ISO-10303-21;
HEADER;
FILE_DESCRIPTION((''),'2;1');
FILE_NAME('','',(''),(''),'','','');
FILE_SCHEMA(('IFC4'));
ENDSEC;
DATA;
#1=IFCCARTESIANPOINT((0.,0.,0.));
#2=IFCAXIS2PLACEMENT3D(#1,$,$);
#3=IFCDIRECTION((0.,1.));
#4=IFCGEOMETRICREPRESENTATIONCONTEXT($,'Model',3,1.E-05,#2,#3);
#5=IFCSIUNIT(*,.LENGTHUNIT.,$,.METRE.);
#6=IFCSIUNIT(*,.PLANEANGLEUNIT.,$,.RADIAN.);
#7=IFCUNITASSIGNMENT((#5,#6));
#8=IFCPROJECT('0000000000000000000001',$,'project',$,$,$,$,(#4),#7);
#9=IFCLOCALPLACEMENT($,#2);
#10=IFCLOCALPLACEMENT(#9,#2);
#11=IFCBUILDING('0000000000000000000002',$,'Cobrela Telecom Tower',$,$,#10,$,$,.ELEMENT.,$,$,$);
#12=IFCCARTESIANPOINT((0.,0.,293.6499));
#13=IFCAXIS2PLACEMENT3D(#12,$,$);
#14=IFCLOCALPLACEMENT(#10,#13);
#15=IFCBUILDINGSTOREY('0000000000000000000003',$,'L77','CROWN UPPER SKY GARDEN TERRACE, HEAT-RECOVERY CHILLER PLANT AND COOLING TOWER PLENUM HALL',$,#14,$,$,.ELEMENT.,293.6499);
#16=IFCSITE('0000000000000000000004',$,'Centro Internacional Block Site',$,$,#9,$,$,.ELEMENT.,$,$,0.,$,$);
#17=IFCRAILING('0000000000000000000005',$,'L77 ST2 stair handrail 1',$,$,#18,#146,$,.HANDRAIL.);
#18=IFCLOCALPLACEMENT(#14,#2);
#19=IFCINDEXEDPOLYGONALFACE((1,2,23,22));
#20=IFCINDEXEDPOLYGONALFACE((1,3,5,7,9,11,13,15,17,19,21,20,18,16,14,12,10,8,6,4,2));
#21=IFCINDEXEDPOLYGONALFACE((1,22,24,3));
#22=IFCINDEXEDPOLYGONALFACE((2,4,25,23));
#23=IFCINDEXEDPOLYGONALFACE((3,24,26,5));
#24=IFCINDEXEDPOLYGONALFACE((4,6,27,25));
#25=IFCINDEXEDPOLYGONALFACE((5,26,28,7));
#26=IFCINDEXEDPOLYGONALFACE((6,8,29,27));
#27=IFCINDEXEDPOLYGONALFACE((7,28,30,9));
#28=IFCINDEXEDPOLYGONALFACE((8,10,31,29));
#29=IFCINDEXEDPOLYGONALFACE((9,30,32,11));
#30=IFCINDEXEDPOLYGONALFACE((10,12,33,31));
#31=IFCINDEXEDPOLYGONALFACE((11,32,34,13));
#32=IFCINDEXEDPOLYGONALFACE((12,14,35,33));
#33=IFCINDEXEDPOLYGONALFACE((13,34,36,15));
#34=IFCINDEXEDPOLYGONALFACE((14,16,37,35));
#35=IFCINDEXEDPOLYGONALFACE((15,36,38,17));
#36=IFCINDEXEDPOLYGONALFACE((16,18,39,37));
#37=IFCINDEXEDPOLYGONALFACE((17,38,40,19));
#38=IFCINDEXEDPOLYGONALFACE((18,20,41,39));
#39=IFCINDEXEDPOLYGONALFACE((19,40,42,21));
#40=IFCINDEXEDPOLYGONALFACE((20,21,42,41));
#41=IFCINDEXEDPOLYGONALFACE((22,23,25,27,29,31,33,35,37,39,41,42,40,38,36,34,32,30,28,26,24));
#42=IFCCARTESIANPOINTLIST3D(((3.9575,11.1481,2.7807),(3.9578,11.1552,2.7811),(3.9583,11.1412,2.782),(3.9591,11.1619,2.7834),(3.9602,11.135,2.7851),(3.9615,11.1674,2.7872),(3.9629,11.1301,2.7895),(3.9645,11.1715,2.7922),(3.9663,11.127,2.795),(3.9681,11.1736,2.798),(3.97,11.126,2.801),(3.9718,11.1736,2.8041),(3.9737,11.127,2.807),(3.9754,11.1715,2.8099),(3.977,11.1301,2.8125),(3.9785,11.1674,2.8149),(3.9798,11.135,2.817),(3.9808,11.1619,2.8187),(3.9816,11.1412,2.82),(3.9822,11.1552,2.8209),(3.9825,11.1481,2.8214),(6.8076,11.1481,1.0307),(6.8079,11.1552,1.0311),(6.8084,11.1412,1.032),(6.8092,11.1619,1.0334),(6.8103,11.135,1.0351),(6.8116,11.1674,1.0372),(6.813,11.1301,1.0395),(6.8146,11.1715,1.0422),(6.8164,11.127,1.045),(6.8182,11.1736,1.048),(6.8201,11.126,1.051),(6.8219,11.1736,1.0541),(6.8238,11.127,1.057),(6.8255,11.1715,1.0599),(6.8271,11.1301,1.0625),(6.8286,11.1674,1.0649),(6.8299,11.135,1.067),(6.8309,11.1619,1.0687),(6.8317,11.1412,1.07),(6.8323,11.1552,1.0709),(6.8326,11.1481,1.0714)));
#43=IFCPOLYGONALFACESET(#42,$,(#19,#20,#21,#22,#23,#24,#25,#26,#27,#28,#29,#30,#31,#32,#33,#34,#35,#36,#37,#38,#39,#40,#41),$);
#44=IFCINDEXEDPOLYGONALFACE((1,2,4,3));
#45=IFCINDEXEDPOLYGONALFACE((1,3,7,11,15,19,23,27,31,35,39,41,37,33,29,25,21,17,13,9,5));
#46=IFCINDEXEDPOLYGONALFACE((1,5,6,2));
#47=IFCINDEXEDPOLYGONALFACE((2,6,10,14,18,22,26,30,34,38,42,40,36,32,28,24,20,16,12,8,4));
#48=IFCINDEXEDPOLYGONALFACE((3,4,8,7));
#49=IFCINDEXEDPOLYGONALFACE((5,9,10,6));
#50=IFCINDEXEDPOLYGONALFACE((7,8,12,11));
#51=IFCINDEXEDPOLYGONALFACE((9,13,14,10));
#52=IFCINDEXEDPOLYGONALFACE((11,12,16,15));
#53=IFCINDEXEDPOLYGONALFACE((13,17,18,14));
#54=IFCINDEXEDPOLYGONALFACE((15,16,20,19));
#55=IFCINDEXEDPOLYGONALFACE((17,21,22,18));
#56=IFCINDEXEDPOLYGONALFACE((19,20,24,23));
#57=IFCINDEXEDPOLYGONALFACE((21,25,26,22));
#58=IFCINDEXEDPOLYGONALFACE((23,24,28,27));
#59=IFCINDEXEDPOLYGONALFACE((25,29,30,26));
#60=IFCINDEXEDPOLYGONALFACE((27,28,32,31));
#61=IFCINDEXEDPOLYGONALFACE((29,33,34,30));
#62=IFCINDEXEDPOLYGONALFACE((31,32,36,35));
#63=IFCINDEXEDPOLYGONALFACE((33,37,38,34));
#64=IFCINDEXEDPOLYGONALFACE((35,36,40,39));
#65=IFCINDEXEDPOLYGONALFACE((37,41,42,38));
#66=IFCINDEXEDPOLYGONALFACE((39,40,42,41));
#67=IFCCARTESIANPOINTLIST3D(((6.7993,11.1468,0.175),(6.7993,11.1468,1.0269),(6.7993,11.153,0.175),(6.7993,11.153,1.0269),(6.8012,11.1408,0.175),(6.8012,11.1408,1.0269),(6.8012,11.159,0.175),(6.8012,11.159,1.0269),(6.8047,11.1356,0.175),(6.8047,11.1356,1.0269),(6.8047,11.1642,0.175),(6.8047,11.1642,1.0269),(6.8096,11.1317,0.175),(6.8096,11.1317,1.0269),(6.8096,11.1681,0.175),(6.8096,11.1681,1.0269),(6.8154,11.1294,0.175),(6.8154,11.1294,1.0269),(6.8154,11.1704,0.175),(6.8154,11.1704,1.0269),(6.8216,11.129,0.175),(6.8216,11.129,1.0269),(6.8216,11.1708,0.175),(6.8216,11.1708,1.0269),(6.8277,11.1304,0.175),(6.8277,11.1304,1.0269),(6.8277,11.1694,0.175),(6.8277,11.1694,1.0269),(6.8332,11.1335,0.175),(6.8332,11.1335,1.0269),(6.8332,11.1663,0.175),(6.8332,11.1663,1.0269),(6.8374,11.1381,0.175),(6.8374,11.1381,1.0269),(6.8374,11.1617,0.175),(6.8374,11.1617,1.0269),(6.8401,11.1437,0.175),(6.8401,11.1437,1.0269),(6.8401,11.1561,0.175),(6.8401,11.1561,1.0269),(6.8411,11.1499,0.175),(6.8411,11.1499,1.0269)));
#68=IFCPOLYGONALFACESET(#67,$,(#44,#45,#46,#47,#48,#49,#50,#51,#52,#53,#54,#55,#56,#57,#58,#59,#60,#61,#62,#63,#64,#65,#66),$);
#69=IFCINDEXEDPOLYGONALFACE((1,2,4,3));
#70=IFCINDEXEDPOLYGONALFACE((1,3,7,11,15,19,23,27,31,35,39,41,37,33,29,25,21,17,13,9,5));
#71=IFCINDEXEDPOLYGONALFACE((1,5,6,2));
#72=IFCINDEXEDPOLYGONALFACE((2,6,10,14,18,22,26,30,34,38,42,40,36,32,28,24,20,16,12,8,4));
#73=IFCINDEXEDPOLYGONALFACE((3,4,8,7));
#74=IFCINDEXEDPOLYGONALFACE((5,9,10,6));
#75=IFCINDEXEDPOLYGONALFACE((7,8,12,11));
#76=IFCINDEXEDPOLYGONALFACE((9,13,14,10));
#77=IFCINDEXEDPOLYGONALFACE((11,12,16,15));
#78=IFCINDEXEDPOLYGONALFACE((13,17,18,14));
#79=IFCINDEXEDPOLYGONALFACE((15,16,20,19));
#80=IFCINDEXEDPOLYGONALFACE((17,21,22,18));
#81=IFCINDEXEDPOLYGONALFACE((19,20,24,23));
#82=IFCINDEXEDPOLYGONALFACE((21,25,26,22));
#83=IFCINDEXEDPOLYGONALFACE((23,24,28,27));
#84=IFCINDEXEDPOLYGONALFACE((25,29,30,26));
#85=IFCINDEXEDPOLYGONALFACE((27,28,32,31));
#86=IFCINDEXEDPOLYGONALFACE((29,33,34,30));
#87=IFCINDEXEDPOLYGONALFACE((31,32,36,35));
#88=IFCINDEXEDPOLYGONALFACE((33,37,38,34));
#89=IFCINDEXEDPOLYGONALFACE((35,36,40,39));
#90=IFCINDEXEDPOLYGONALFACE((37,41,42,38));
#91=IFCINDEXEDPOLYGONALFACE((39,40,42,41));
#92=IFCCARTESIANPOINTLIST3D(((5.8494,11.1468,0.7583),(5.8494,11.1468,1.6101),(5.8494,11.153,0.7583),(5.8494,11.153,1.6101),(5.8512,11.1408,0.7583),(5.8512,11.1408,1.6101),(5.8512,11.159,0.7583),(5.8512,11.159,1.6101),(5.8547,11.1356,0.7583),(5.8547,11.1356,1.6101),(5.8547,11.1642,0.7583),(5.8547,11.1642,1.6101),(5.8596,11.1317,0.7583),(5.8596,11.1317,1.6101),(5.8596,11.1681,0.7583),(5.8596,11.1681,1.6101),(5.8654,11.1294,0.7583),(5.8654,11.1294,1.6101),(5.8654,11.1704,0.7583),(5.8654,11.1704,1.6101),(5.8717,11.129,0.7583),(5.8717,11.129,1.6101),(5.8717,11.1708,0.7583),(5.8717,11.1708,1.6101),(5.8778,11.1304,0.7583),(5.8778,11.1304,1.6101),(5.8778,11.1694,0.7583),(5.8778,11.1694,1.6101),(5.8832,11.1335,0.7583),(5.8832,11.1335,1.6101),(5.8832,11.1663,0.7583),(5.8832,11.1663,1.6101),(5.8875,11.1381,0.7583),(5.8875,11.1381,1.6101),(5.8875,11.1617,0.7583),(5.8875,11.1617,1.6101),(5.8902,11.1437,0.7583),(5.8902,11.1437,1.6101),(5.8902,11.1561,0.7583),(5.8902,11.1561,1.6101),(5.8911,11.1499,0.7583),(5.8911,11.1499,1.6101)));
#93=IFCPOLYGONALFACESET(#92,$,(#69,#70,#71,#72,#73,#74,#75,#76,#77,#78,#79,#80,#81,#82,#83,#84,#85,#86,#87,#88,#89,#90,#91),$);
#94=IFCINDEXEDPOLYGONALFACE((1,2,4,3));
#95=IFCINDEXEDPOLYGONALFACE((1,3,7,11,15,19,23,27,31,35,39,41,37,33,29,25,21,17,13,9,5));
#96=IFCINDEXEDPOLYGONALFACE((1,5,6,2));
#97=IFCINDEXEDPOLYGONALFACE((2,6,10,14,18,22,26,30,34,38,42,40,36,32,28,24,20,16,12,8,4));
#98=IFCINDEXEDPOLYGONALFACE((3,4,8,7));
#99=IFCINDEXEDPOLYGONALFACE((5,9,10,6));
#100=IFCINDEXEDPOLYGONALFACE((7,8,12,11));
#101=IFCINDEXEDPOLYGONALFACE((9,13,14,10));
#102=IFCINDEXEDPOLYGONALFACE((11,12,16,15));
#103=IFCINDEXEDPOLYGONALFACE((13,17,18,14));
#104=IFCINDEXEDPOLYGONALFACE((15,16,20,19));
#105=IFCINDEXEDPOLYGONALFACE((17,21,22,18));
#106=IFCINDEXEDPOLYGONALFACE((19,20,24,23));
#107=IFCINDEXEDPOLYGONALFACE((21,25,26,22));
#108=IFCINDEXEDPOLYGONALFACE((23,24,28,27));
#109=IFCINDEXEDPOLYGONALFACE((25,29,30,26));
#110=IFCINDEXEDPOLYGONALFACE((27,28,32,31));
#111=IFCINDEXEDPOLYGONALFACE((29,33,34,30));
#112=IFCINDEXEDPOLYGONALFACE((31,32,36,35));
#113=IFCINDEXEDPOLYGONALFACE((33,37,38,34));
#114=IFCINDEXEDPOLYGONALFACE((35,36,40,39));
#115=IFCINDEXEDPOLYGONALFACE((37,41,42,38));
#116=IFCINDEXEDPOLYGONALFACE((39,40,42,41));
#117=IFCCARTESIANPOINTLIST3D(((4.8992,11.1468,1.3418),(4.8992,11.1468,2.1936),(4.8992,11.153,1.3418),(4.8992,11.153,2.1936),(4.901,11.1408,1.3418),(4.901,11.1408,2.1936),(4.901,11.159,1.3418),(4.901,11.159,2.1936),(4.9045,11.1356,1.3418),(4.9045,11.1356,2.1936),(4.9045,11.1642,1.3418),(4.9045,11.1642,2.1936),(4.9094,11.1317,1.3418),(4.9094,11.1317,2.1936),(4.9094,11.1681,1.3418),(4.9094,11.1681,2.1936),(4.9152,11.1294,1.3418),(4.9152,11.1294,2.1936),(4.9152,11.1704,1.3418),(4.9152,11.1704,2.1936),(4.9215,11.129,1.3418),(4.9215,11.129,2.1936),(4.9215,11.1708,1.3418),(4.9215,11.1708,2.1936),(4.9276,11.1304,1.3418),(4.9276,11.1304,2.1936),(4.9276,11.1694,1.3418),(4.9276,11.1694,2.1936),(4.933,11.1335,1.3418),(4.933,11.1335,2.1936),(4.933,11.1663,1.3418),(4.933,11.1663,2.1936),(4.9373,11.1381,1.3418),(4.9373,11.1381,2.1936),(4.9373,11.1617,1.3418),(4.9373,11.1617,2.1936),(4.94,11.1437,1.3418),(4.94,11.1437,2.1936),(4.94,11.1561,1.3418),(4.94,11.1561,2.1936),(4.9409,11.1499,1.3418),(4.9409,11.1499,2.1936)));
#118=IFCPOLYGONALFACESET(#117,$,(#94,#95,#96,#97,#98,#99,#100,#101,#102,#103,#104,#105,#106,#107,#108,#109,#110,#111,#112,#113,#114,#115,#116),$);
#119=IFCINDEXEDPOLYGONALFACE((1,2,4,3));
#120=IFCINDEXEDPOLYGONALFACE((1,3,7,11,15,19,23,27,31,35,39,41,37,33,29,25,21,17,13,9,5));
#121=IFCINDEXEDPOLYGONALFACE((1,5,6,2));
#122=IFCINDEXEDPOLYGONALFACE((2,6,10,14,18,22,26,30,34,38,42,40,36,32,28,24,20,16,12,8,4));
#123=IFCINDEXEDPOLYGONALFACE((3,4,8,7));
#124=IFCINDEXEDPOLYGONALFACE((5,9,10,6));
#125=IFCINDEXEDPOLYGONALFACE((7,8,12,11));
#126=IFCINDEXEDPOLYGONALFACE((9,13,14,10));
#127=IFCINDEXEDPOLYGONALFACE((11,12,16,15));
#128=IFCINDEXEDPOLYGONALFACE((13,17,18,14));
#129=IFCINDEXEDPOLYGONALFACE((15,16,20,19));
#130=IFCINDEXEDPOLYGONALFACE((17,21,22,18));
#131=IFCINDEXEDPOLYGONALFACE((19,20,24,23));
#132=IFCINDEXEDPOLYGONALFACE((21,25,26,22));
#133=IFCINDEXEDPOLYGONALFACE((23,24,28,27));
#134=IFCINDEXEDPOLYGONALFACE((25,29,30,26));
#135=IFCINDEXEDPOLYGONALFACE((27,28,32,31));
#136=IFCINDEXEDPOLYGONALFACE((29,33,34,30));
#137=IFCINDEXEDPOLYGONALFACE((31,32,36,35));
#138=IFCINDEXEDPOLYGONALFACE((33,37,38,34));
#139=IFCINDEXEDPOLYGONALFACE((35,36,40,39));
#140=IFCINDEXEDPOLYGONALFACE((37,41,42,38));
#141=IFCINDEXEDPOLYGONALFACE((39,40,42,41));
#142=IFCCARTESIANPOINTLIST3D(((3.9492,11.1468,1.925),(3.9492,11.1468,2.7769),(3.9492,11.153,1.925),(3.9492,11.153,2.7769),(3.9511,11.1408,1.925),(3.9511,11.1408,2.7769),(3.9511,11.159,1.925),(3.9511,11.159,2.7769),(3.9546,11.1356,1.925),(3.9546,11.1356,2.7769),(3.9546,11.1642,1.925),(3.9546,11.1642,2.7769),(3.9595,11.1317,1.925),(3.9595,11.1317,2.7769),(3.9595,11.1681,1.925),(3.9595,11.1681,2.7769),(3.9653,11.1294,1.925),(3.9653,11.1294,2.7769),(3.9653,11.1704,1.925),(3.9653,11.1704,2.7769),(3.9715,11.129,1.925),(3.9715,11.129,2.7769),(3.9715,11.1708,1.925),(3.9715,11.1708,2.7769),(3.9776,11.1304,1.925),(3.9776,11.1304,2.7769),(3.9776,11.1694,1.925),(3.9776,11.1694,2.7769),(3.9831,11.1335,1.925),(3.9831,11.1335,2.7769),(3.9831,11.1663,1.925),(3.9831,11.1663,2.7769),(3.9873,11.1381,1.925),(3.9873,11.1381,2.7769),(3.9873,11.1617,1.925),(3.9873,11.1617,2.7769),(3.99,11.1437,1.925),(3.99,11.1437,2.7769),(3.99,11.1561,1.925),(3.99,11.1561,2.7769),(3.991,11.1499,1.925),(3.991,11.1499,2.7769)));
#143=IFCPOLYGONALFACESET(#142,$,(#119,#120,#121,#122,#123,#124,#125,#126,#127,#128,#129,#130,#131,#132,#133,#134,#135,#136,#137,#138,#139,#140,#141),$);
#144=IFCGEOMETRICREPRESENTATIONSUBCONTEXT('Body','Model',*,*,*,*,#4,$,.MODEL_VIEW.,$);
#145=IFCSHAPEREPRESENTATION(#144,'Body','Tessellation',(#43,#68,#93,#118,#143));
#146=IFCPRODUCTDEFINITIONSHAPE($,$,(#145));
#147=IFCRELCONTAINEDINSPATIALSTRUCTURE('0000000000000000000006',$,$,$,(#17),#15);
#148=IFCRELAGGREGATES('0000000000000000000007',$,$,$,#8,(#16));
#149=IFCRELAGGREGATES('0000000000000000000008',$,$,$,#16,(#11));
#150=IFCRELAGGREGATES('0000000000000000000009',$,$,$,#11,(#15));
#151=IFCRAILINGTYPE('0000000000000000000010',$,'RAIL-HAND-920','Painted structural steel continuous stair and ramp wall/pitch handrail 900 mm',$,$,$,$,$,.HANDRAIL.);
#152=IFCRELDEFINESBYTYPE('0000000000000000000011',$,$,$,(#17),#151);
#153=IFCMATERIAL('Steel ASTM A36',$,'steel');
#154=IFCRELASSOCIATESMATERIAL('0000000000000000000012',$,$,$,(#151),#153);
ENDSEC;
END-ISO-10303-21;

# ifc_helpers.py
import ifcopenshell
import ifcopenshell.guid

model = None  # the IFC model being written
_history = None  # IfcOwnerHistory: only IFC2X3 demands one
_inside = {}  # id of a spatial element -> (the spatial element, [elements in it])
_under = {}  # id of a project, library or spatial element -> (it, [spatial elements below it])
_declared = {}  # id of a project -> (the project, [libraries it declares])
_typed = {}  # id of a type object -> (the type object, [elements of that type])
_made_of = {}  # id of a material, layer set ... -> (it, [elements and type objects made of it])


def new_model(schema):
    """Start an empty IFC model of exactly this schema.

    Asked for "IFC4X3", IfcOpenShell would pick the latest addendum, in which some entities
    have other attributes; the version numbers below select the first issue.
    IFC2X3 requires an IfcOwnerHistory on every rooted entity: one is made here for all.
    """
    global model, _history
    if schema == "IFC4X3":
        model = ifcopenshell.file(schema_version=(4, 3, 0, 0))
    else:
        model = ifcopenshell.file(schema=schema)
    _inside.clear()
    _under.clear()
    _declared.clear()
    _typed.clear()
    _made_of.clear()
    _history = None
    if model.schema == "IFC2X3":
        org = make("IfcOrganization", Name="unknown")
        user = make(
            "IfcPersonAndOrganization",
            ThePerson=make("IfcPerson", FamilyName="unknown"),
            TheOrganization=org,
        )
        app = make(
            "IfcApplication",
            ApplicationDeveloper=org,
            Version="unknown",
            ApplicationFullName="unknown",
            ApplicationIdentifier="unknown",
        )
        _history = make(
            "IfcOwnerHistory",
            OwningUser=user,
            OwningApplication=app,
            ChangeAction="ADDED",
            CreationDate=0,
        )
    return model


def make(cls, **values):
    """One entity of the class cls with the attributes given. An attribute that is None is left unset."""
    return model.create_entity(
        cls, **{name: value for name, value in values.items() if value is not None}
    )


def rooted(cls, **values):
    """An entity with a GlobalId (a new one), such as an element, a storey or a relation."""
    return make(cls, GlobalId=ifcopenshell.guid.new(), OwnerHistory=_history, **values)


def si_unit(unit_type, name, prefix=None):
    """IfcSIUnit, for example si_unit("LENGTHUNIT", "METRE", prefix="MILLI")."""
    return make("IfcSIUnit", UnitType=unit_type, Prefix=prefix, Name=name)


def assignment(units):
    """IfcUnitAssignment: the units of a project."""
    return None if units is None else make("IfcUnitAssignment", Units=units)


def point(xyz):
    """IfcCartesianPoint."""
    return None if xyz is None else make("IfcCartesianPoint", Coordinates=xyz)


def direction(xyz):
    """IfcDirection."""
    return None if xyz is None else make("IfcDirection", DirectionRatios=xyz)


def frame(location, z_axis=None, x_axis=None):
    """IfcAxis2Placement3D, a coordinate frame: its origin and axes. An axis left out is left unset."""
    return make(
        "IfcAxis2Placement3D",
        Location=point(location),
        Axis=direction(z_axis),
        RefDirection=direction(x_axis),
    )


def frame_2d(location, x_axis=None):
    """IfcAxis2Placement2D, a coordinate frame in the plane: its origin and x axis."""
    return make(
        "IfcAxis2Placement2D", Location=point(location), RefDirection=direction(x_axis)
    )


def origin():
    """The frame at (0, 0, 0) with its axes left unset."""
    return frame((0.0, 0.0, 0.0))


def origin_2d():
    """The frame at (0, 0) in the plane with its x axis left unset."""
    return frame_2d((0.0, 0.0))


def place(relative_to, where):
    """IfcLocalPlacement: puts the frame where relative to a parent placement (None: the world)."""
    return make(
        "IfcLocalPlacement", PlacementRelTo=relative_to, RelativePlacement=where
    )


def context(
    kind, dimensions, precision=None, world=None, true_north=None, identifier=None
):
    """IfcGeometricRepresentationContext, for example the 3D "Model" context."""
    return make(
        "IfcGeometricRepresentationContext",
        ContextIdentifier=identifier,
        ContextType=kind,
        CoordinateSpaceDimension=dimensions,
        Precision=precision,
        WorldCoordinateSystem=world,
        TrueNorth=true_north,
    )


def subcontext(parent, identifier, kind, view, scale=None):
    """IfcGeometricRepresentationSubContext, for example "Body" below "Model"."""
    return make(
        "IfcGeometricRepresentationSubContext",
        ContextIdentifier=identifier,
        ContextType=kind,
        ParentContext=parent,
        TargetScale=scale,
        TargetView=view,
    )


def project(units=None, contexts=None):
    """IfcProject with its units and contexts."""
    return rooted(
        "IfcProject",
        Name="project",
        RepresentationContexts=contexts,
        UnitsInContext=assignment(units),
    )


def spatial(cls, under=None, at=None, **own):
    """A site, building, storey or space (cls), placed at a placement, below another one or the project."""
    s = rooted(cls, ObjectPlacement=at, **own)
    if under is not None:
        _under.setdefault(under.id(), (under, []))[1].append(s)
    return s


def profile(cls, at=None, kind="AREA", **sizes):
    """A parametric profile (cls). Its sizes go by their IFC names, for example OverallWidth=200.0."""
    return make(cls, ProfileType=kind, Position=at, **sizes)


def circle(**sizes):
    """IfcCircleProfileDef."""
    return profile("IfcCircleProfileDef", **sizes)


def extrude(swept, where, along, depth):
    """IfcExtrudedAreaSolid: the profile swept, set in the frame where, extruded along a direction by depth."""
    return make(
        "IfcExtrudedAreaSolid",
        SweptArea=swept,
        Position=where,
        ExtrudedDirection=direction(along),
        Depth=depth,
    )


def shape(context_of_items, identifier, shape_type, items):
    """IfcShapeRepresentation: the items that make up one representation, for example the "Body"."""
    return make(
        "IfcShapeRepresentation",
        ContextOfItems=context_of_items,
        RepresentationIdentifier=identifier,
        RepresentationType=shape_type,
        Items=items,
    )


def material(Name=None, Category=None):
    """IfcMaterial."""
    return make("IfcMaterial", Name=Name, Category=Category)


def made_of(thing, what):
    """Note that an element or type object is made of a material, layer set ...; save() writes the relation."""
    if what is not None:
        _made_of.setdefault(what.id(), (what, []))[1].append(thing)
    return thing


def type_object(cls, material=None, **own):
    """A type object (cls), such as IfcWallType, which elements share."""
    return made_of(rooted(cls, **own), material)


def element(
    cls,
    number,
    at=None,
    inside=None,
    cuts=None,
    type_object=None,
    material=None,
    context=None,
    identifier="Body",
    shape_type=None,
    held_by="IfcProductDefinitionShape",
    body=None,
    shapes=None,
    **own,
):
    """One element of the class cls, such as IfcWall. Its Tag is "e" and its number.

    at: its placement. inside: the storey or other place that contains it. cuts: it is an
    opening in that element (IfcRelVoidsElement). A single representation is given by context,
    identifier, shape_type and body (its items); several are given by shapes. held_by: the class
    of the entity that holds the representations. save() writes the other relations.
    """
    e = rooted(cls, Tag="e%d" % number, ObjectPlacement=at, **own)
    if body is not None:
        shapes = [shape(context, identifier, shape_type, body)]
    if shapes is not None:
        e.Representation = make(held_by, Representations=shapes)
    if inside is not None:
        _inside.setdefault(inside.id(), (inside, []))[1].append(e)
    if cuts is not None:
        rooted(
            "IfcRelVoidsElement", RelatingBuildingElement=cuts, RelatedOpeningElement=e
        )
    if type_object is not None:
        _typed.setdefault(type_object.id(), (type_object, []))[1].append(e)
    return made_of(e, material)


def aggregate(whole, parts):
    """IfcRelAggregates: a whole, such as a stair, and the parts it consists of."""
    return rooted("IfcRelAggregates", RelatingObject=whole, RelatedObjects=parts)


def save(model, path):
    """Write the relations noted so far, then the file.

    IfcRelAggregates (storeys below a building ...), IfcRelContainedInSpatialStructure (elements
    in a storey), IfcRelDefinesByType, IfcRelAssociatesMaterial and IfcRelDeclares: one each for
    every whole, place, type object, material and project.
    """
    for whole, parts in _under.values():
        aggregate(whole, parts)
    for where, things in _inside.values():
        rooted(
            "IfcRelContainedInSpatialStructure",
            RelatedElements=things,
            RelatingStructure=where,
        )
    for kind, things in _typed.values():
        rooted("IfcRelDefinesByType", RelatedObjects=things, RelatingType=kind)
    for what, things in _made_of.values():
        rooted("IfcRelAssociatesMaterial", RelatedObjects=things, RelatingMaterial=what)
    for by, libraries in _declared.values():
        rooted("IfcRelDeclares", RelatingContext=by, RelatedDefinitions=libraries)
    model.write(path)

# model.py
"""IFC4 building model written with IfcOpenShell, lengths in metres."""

from ifc_helpers import new_model, si_unit, direction, frame, origin, origin_2d, place, context, subcontext, project, spatial, circle, extrude, material, type_object, element, save


model = new_model("IFC4")

# Units and contexts
model_context = context("Model", 3, precision=1e-05, world=origin(), true_north=direction((0.0, 1.0)))
body_context = subcontext(model_context, "Body", "Model", "MODEL_VIEW")
ifc_project = project(units=[si_unit("LENGTHUNIT", "METRE"), si_unit("PLANEANGLEUNIT", "RADIAN")], contexts=[model_context])

# Site, building, storey
site_placement = place(None, origin())
site = spatial("IfcSite", under=ifc_project, at=site_placement, Name="Centro Internacional Block Site", CompositionType="ELEMENT", RefElevation=0.0)
building_placement = place(site_placement, origin())
building = spatial("IfcBuilding", under=site, at=building_placement, Name="Cobrela Telecom Tower", CompositionType="ELEMENT")
storey_placement = place(building_placement, frame((0.0, 0.0, 293.6499)))
storey = spatial("IfcBuildingStorey", under=building, at=storey_placement, Name="L77", Description="CROWN UPPER SKY GARDEN TERRACE, HEAT-RECOVERY CHILLER PLANT AND COOLING TOWER PLENUM HALL", CompositionType="ELEMENT", Elevation=293.6499)

# Railing
ifc_material_1 = material(Name="Steel ASTM A36", Category="steel")
railing_type_1 = type_object("IfcRailingType", Name="RAIL-HAND-920", Description="Painted structural steel continuous stair and ramp wall/pitch handrail 900 mm", PredefinedType="HANDRAIL", material=ifc_material_1)
railing_1_placement = place(storey_placement, frame((6.8201, 11.1499, 0.175)))
element("IfcRailing", 1, at=railing_1_placement, inside=storey, type_object=railing_type_1, Name="L77 ST2 stair handrail 1", PredefinedType="HANDRAIL", context=body_context, shape_type="SweptSolid", body=[
    extrude(circle(Radius=0.0239, at=origin_2d()), frame((0.0, 0.0, 0.876), z_axis=(-0.852179, 0.0, 0.52325), x_axis=(0.0, -1.0, 0.0)), (0.0, 0.0, 1.0), 3.3445),
    extrude(circle(Radius=0.021, at=origin_2d()), origin(), (0.0, 0.0, 1.0), 0.8518),
    extrude(circle(Radius=0.021, at=origin_2d()), frame((-0.95, 0.0, 0.5833)), (0.0, 0.0, 1.0), 0.8518),
    extrude(circle(Radius=0.021, at=origin_2d()), frame((-1.9001, 0.0, 1.1667)), (0.0, 0.0, 1.0), 0.8518),
    extrude(circle(Radius=0.021, at=origin_2d()), frame((-2.8501, 0.0, 1.75)), (0.0, 0.0, 1.0), 0.8518),
])

save(model, "model.ifc")
